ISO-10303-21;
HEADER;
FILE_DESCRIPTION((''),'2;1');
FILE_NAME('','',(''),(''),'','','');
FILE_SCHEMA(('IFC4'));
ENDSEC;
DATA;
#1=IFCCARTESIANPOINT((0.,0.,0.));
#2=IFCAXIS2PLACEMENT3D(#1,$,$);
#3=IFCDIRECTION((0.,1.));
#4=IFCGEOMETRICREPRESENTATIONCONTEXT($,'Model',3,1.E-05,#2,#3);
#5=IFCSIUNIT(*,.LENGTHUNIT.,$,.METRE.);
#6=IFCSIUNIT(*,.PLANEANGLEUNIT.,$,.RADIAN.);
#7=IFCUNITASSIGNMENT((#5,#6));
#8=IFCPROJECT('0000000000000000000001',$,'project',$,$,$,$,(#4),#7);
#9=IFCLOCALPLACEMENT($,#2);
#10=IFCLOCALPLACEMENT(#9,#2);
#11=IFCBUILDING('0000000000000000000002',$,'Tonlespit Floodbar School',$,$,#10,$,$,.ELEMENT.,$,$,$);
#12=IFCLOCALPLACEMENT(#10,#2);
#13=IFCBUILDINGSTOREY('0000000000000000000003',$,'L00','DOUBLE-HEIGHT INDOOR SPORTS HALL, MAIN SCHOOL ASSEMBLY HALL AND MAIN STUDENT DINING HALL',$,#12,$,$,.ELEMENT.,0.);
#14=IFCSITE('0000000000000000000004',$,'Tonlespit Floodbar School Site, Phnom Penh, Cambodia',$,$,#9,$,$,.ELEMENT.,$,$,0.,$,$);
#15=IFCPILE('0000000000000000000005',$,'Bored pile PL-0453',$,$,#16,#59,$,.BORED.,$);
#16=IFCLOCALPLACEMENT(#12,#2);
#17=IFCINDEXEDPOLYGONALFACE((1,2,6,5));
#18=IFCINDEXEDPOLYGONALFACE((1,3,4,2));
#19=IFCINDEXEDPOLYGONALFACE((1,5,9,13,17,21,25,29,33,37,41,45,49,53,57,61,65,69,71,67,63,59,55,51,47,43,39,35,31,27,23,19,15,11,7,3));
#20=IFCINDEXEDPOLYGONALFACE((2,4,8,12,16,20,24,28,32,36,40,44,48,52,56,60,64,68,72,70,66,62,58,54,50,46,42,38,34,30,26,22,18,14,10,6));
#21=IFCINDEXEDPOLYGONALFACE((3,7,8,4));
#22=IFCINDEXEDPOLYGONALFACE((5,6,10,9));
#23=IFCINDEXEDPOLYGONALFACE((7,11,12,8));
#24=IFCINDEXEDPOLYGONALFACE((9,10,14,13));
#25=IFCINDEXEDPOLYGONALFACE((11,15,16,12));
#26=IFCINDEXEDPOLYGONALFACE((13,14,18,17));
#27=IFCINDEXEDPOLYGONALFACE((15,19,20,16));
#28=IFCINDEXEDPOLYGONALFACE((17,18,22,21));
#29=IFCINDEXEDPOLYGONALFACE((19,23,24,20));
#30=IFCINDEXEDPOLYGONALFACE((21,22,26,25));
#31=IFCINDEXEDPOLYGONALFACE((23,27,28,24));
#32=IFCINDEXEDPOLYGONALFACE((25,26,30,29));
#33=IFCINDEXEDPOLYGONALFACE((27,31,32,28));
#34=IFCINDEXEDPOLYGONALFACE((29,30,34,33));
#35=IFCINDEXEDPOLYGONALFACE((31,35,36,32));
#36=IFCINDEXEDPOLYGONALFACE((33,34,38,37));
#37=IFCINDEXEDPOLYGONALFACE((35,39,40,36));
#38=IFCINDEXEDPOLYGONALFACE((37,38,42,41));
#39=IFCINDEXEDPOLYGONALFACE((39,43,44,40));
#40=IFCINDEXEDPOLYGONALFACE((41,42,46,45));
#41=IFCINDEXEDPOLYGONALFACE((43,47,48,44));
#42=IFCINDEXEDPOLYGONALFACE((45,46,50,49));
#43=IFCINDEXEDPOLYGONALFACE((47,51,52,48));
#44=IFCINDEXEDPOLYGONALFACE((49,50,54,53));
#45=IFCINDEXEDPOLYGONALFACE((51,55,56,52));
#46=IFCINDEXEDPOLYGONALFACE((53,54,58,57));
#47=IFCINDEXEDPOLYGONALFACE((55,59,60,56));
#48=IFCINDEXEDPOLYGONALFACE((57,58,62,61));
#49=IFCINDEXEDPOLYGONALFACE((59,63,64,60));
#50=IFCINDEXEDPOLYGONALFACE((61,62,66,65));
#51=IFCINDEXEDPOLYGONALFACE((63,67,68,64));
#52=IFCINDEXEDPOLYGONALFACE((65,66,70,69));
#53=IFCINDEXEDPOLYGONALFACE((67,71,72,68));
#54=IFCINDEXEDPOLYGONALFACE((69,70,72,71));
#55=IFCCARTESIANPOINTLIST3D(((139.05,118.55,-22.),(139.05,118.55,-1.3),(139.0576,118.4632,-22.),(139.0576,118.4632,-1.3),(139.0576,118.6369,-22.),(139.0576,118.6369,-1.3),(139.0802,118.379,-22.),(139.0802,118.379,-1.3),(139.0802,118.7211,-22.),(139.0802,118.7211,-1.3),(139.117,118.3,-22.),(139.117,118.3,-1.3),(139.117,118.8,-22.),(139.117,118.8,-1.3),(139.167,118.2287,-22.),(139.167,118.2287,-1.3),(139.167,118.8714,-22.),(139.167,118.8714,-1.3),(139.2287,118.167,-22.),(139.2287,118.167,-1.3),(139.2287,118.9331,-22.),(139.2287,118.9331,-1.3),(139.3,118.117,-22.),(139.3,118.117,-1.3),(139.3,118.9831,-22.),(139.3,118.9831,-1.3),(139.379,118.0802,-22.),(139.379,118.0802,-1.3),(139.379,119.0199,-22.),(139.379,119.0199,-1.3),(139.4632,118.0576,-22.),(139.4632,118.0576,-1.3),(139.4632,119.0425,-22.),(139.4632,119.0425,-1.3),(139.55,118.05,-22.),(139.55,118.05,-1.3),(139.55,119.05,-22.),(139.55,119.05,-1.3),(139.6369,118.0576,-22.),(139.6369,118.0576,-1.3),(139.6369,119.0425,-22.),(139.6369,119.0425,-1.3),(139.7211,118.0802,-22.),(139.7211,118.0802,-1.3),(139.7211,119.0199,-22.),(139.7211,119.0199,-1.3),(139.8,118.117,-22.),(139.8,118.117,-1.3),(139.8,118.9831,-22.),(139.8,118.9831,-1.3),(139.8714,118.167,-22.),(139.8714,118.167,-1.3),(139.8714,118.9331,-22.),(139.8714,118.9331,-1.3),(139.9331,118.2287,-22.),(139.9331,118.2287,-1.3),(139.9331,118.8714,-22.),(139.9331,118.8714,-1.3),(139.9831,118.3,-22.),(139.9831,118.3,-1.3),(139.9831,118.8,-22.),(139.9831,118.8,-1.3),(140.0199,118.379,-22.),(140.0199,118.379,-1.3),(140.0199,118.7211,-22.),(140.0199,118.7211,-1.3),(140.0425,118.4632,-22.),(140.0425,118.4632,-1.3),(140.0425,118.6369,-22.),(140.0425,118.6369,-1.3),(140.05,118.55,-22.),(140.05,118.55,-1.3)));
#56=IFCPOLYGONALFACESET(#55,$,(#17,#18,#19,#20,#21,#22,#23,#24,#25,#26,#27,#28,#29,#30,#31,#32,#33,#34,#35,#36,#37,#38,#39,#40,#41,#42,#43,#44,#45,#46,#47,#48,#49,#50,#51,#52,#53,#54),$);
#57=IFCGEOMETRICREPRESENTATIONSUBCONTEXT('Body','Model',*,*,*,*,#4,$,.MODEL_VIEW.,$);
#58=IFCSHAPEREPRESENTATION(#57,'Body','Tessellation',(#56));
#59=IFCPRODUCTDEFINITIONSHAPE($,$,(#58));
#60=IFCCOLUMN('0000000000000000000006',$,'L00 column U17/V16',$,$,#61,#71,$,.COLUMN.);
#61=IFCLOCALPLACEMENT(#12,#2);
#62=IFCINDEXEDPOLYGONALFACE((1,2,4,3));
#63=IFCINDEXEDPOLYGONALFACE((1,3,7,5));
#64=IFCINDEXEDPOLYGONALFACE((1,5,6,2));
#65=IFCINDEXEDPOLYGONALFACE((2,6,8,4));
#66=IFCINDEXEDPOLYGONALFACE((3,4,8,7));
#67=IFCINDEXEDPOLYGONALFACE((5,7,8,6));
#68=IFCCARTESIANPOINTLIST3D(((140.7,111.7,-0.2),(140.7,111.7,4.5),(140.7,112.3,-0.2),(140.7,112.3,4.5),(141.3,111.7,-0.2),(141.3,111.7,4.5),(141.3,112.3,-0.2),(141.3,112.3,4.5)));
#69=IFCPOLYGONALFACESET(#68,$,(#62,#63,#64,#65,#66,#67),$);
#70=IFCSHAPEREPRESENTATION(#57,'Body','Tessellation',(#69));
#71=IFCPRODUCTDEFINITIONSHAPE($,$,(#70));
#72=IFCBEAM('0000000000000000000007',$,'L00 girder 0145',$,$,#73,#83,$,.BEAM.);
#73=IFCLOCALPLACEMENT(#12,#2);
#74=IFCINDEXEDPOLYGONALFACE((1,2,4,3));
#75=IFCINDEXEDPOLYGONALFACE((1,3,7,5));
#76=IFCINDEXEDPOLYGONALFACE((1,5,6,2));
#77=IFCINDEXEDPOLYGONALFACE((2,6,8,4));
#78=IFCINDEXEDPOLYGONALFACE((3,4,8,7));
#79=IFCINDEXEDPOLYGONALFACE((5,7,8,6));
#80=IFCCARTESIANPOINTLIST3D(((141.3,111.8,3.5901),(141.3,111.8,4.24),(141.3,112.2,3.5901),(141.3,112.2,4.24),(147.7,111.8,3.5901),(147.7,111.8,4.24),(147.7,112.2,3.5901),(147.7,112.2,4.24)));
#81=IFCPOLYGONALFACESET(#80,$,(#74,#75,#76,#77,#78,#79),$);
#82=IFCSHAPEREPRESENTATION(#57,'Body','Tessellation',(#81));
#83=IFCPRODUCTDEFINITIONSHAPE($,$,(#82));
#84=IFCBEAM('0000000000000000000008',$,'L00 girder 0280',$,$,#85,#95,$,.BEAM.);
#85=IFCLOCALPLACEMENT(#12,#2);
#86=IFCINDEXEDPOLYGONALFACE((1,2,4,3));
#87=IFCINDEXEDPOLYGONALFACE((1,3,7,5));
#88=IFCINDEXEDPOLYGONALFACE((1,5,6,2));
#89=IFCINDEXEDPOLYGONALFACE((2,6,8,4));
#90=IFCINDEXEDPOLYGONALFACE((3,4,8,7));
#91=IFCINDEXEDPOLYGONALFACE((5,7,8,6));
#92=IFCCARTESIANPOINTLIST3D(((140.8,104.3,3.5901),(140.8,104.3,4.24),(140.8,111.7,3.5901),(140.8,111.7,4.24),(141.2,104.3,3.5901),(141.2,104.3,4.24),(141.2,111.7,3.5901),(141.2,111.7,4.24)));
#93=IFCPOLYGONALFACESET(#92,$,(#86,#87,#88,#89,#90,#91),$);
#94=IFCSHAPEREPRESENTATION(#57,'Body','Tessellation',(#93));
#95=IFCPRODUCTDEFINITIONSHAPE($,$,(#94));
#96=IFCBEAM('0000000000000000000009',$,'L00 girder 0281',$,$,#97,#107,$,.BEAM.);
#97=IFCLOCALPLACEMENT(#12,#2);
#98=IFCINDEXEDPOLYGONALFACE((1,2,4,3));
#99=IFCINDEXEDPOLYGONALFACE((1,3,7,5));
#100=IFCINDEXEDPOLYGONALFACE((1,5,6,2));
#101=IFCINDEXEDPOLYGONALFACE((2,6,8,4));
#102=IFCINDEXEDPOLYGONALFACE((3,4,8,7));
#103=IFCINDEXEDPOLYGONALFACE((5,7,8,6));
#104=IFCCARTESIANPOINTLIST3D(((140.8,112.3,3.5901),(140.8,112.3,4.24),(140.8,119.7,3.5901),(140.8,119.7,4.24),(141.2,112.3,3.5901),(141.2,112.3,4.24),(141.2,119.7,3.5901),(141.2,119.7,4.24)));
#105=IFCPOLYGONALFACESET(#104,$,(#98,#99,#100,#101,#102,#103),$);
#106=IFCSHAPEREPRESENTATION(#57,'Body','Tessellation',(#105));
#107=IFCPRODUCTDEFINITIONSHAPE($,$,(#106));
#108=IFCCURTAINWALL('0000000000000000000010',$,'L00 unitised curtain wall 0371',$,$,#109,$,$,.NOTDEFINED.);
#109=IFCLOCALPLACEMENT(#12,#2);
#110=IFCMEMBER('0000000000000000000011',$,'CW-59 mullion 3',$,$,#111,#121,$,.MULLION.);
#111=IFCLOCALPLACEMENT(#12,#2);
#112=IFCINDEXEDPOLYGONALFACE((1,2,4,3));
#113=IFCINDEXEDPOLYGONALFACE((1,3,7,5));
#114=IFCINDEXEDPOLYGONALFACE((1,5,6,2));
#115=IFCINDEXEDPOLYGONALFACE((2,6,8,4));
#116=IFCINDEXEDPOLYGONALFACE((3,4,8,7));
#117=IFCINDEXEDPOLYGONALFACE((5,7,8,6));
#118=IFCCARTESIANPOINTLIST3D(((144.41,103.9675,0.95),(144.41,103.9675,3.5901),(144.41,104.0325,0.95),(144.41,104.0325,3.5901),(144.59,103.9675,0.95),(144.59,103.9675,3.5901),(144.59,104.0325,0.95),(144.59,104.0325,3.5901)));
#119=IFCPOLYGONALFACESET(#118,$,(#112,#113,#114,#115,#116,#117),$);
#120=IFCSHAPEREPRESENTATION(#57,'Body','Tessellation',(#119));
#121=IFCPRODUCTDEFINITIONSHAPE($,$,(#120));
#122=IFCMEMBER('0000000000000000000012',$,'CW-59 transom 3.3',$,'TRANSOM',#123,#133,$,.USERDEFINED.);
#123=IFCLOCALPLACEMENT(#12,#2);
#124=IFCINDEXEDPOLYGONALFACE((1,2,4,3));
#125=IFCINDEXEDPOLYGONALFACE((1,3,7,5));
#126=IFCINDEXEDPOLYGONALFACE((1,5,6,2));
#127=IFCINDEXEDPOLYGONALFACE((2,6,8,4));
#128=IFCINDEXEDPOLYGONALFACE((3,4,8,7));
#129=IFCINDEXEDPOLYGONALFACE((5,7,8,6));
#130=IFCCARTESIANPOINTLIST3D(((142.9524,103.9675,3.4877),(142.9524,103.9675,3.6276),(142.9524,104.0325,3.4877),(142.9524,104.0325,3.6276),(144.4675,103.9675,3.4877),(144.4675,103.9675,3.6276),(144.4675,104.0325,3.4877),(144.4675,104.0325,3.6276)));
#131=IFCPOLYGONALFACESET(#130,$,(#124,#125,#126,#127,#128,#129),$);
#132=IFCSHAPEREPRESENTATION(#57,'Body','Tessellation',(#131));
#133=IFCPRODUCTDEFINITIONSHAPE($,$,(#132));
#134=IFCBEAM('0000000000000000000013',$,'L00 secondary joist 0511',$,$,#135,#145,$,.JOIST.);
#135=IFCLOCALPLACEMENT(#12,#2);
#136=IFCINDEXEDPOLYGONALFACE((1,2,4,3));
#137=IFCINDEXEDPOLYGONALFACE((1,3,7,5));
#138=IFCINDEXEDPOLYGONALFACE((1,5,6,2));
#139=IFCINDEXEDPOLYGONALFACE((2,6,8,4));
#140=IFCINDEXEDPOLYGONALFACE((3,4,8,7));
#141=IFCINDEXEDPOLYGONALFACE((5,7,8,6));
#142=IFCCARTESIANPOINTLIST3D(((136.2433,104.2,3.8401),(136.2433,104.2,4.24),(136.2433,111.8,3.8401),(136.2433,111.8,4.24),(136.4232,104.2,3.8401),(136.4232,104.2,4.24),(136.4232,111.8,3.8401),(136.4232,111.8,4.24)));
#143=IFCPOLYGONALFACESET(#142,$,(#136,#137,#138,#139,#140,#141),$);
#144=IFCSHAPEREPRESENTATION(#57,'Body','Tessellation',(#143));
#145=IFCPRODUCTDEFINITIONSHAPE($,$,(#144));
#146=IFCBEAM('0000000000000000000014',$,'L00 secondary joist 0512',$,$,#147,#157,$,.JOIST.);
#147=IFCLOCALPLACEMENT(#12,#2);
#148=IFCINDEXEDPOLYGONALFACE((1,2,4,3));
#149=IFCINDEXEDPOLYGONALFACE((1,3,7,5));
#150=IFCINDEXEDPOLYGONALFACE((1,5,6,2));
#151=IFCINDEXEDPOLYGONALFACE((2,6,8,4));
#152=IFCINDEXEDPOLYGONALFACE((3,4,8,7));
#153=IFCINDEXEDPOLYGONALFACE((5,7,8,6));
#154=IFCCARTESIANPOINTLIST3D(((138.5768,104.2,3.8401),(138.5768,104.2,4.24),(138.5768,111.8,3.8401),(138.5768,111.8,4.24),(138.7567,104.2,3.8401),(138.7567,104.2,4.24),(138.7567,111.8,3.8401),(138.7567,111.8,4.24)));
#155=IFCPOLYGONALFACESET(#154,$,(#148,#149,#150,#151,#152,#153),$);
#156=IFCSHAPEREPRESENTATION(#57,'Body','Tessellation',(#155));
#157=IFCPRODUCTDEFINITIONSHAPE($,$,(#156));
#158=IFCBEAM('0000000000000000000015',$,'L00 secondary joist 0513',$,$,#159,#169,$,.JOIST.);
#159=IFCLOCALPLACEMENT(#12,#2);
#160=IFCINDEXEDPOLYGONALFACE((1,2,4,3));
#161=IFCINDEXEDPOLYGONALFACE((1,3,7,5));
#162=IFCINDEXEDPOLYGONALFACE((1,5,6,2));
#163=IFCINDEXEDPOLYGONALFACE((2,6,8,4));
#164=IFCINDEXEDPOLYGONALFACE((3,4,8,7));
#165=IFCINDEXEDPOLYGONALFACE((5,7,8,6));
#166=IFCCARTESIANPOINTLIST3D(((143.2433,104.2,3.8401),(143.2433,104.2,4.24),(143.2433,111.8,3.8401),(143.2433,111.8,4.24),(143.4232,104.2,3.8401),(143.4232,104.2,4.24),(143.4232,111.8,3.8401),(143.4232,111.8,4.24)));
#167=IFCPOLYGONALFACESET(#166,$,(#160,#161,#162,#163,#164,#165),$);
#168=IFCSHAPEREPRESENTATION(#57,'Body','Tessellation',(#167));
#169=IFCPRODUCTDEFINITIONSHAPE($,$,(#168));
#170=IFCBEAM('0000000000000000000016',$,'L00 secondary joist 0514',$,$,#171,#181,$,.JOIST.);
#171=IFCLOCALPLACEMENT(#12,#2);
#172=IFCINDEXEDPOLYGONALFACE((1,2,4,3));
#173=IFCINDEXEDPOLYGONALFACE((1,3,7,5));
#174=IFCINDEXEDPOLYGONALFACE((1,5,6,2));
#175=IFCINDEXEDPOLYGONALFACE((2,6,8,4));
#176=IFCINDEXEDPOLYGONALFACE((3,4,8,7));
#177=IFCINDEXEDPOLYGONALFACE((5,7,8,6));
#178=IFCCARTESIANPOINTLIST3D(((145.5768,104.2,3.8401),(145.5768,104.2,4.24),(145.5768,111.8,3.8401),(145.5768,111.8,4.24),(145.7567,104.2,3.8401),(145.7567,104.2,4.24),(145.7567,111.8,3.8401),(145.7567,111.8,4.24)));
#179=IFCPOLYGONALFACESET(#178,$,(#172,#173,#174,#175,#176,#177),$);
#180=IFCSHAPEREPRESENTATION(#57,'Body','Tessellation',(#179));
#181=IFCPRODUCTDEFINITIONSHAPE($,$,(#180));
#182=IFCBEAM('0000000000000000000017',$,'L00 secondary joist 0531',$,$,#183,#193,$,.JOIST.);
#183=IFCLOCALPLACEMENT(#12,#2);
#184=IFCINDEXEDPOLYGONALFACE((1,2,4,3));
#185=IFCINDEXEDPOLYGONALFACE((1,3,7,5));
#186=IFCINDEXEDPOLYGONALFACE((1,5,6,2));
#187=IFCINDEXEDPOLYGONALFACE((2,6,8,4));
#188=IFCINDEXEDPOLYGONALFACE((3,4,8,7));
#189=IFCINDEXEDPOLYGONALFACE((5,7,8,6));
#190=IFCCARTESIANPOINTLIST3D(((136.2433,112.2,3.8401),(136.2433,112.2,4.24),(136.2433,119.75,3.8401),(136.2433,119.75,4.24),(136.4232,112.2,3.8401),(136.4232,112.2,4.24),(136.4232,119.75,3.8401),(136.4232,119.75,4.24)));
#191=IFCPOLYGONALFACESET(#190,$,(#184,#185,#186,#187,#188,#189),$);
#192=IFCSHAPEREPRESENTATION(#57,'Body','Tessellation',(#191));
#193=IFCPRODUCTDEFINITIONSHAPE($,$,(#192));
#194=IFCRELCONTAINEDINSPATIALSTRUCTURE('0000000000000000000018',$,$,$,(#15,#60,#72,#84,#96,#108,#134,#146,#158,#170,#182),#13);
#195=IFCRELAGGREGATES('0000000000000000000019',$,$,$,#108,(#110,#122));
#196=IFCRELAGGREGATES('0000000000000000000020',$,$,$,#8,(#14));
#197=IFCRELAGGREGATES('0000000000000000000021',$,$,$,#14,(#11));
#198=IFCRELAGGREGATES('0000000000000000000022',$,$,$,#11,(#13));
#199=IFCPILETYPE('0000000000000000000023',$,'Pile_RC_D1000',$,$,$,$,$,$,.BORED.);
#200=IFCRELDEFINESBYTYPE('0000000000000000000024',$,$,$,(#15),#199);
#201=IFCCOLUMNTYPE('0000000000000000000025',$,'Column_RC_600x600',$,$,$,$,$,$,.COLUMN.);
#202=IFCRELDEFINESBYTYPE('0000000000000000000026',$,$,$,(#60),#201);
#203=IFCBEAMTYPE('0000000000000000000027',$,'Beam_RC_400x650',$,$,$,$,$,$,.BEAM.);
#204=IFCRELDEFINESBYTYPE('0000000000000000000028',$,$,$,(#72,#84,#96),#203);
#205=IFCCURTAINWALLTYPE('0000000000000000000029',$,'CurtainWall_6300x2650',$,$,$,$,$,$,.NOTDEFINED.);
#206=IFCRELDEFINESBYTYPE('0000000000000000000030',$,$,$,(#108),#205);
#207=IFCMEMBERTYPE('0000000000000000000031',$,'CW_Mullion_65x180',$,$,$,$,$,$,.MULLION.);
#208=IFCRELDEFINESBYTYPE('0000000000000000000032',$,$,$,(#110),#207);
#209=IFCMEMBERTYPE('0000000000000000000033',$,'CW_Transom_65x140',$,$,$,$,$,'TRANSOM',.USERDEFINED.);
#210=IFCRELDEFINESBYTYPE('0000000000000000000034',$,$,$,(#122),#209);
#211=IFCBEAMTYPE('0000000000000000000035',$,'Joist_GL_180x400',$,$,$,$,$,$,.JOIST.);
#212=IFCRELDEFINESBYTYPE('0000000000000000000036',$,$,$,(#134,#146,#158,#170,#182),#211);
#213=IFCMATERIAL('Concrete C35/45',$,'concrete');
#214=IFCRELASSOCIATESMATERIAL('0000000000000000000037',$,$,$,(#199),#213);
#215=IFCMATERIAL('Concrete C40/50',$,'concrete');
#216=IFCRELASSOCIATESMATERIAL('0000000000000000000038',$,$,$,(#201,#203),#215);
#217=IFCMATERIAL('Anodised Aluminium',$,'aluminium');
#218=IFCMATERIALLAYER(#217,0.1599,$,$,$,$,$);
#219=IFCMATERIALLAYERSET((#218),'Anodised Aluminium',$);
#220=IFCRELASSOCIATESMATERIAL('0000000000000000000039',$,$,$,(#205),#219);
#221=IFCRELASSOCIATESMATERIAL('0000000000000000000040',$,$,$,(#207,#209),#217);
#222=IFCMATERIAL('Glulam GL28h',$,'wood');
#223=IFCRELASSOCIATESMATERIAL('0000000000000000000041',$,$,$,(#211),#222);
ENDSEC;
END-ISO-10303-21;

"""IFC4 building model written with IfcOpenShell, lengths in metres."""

from ifc_helpers import new_model, si_unit, direction, frame, origin, origin_2d, place, context, subcontext, project, spatial, rectangle, circle, extrude, material, layer, layer_set, material_profile, profile_set, type_object, element, aggregate, save


model = new_model("IFC4")

# Units and contexts
model_context = context("Model", 3, precision=1e-05, world=origin(), true_north=direction((0.0, 1.0)))
body_context = subcontext(model_context, "Body", "Model", "MODEL_VIEW")
ifc_project = project(units=[si_unit("LENGTHUNIT", "METRE"), si_unit("PLANEANGLEUNIT", "RADIAN")], contexts=[model_context])

# Site, building, storey
site_placement = place(None, origin())
site = spatial("IfcSite", under=ifc_project, at=site_placement, Name="Tonlespit Floodbar School Site, Phnom Penh, Cambodia", CompositionType="ELEMENT", RefElevation=0.0)
building_placement = place(site_placement, origin())
building = spatial("IfcBuilding", under=site, at=building_placement, Name="Tonlespit Floodbar School", CompositionType="ELEMENT")
storey_placement = place(building_placement, origin())
storey = spatial("IfcBuildingStorey", under=building, at=storey_placement, Name="L00", Description="DOUBLE-HEIGHT INDOOR SPORTS HALL, MAIN SCHOOL ASSEMBLY HALL AND MAIN STUDENT DINING HALL", CompositionType="ELEMENT", Elevation=0.0)

# Shared definitions
ifc_material_1 = material(Name="Concrete C40/50", Category="concrete")

# Pile
ifc_material_2 = material(Name="Concrete C35/45", Category="concrete")
ifc_material_profile_1 = material_profile(ifc_material_2, circle(Radius=0.5, at=origin_2d()), Name="BP D1000")
ifc_profile_set_1 = profile_set([ifc_material_profile_1], Name="Concrete C35/45")
pile_type = type_object("IfcPileType", Name="Pile_RC_D1000", PredefinedType="BORED", material=ifc_profile_set_1)
for number, where, z_axis, x_axis, name in (
    (1, (139.55, 118.55, -1.3), (0.0, 0.0, -1.0), (1.0, 0.0, 0.0), "Bored pile PL-0453"),
):
    element("IfcPile", number, at=place(storey_placement, frame(where, z_axis=z_axis, x_axis=x_axis)), inside=storey, type_object=pile_type, Name=name, PredefinedType="BORED", context=body_context, shape_type="SweptSolid", body=[
        extrude(circle(Radius=0.5, at=origin_2d()), origin(), (0.0, 0.0, 1.0), 20.7),
    ])

# Column
ifc_material_profile_2 = material_profile(ifc_material_1, rectangle(XDim=0.6001, YDim=0.6001, at=origin_2d()), Name="RC 600x600")
ifc_profile_set_2 = profile_set([ifc_material_profile_2], Name="Concrete C40/50")
column_type = type_object("IfcColumnType", Name="Column_RC_600x600", PredefinedType="COLUMN", material=ifc_profile_set_2)
column_placement = place(storey_placement, frame((141.0, 112.0, -0.2), z_axis=(0.0, 0.0, 1.0), x_axis=(1.0, 0.0, 0.0)))
element("IfcColumn", 2, at=column_placement, inside=storey, type_object=column_type, Name="L00 column U17/V16", PredefinedType="COLUMN", context=body_context, shape_type="SweptSolid", body=[
    extrude(rectangle(XDim=0.6001, YDim=0.6001, at=origin_2d()), origin(), (0.0, 0.0, 1.0), 4.7),
])

# Beams
ifc_material_profile_3 = material_profile(ifc_material_1, rectangle(XDim=0.3999, YDim=0.6499, at=origin_2d()), Name="RC 400x650")
ifc_profile_set_3 = profile_set([ifc_material_profile_3], Name="Concrete C40/50")
beam_type_1 = type_object("IfcBeamType", Name="Beam_RC_400x650", PredefinedType="BEAM", material=ifc_profile_set_3)
beam_placement = place(storey_placement, frame((141.3, 112.0, 3.915), z_axis=(1.0, 0.0, 0.0), x_axis=(0.0, 1.0, 0.0)))
element("IfcBeam", 3, at=beam_placement, inside=storey, type_object=beam_type_1, Name="L00 girder 0145", PredefinedType="BEAM", context=body_context, shape_type="SweptSolid", body=[
    extrude(rectangle(XDim=0.3999, YDim=0.6499, at=origin_2d()), origin(), (0.0, 0.0, 1.0), 6.3999),
])
for number, where, z_axis, x_axis, name in (
    (4, (141.0, 104.3, 3.915), (0.0, 1.0, 0.0), (-1.0, 0.0, 0.0), "L00 girder 0280"),
    (5, (141.0, 112.3, 3.915), (0.0, 1.0, 0.0), (-1.0, 0.0, 0.0), "L00 girder 0281"),
):
    element("IfcBeam", number, at=place(storey_placement, frame(where, z_axis=z_axis, x_axis=x_axis)), inside=storey, type_object=beam_type_1, Name=name, PredefinedType="BEAM", context=body_context, shape_type="SweptSolid", body=[
        extrude(rectangle(XDim=0.3999, YDim=0.6499, at=origin_2d()), origin(), (0.0, 0.0, 1.0), 7.3999),
    ])

# Curtain wall, members
ifc_material_3 = material(Name="Anodised Aluminium", Category="aluminium")
ifc_layer_1 = layer(ifc_material_3, 0.1599)
ifc_layer_set_1 = layer_set([ifc_layer_1], Name="Anodised Aluminium")
curtain_wall_type = type_object("IfcCurtainWallType", Name="CurtainWall_6300x2650", PredefinedType="NOTDEFINED", material=ifc_layer_set_1)
curtain_wall_placement = place(storey_placement, origin())
curtain_wall = element("IfcCurtainWall", 6, at=curtain_wall_placement, inside=storey, type_object=curtain_wall_type, Name="L00 unitised curtain wall 0371", PredefinedType="NOTDEFINED")
ifc_material_profile_4 = material_profile(ifc_material_3, rectangle(XDim=0.0649, YDim=0.1799, at=origin_2d()), Name="ALU M65x180")
ifc_profile_set_4 = profile_set([ifc_material_profile_4], Name="Anodised Aluminium")
member_type_1 = type_object("IfcMemberType", Name="CW_Mullion_65x180", PredefinedType="MULLION", material=ifc_profile_set_4)
member_1_placement = place(storey_placement, frame((144.5, 104.0, 0.95), z_axis=(0.0, 0.0, 1.0), x_axis=(0.0, -1.0, 0.0)))
member_1 = element("IfcMember", 7, at=member_1_placement, type_object=member_type_1, Name="CW-59 mullion 3", PredefinedType="MULLION", context=body_context, shape_type="SweptSolid", body=[
    extrude(rectangle(XDim=0.0649, YDim=0.1799, at=origin_2d()), origin(), (0.0, 0.0, 1.0), 2.6401),
])
ifc_material_profile_5 = material_profile(ifc_material_3, rectangle(XDim=0.0649, YDim=0.1399, at=origin_2d()), Name="ALU T65x140")
ifc_profile_set_5 = profile_set([ifc_material_profile_5], Name="Anodised Aluminium")
member_type_2 = type_object("IfcMemberType", Name="CW_Transom_65x140", ElementType="TRANSOM", PredefinedType="USERDEFINED", material=ifc_profile_set_5)
member_2_placement = place(storey_placement, frame((144.4675, 104.0, 3.5576), z_axis=(-1.0, 0.0, 0.0), x_axis=(0.0, -1.0, 0.0)))
member_2 = element("IfcMember", 8, at=member_2_placement, type_object=member_type_2, Name="CW-59 transom 3.3", ObjectType="TRANSOM", PredefinedType="USERDEFINED", context=body_context, shape_type="SweptSolid", body=[
    extrude(rectangle(XDim=0.0649, YDim=0.1399, at=origin_2d()), origin(), (0.0, 0.0, 1.0), 1.5151),
])

# Beams
ifc_material_4 = material(Name="Glulam GL28h", Category="wood")
ifc_material_profile_6 = material_profile(ifc_material_4, rectangle(XDim=0.1799, YDim=0.3999, at=origin_2d()), Name="GL 180x400")
ifc_profile_set_6 = profile_set([ifc_material_profile_6], Name="Glulam GL28h")
beam_type_2 = type_object("IfcBeamType", Name="Joist_GL_180x400", PredefinedType="JOIST", material=ifc_profile_set_6)
for number, where, z_axis, x_axis, name in (
    (9, (136.3333, 104.2, 4.04), (0.0, 1.0, 0.0), (-1.0, 0.0, 0.0), "L00 secondary joist 0511"),
    (10, (138.6667, 104.2, 4.04), (0.0, 1.0, 0.0), (-1.0, 0.0, 0.0), "L00 secondary joist 0512"),
    (11, (143.3333, 104.2, 4.04), (0.0, 1.0, 0.0), (-1.0, 0.0, 0.0), "L00 secondary joist 0513"),
    (12, (145.6667, 104.2, 4.04), (0.0, 1.0, 0.0), (-1.0, 0.0, 0.0), "L00 secondary joist 0514"),
):
    element("IfcBeam", number, at=place(storey_placement, frame(where, z_axis=z_axis, x_axis=x_axis)), inside=storey, type_object=beam_type_2, Name=name, PredefinedType="JOIST", context=body_context, shape_type="SweptSolid", body=[
        extrude(rectangle(XDim=0.1799, YDim=0.3999, at=origin_2d()), origin(), (0.0, 0.0, 1.0), 7.6001),
    ])
for number, where, z_axis, x_axis, name in (
    (13, (136.3333, 112.2, 4.04), (0.0, 1.0, 0.0), (-1.0, 0.0, 0.0), "L00 secondary joist 0531"),
):
    element("IfcBeam", number, at=place(storey_placement, frame(where, z_axis=z_axis, x_axis=x_axis)), inside=storey, type_object=beam_type_2, Name=name, PredefinedType="JOIST", context=body_context, shape_type="SweptSolid", body=[
        extrude(rectangle(XDim=0.1799, YDim=0.3999, at=origin_2d()), origin(), (0.0, 0.0, 1.0), 7.55),
    ])

aggregate(curtain_wall, [member_1, member_2])

save(model, "model.ifc")
